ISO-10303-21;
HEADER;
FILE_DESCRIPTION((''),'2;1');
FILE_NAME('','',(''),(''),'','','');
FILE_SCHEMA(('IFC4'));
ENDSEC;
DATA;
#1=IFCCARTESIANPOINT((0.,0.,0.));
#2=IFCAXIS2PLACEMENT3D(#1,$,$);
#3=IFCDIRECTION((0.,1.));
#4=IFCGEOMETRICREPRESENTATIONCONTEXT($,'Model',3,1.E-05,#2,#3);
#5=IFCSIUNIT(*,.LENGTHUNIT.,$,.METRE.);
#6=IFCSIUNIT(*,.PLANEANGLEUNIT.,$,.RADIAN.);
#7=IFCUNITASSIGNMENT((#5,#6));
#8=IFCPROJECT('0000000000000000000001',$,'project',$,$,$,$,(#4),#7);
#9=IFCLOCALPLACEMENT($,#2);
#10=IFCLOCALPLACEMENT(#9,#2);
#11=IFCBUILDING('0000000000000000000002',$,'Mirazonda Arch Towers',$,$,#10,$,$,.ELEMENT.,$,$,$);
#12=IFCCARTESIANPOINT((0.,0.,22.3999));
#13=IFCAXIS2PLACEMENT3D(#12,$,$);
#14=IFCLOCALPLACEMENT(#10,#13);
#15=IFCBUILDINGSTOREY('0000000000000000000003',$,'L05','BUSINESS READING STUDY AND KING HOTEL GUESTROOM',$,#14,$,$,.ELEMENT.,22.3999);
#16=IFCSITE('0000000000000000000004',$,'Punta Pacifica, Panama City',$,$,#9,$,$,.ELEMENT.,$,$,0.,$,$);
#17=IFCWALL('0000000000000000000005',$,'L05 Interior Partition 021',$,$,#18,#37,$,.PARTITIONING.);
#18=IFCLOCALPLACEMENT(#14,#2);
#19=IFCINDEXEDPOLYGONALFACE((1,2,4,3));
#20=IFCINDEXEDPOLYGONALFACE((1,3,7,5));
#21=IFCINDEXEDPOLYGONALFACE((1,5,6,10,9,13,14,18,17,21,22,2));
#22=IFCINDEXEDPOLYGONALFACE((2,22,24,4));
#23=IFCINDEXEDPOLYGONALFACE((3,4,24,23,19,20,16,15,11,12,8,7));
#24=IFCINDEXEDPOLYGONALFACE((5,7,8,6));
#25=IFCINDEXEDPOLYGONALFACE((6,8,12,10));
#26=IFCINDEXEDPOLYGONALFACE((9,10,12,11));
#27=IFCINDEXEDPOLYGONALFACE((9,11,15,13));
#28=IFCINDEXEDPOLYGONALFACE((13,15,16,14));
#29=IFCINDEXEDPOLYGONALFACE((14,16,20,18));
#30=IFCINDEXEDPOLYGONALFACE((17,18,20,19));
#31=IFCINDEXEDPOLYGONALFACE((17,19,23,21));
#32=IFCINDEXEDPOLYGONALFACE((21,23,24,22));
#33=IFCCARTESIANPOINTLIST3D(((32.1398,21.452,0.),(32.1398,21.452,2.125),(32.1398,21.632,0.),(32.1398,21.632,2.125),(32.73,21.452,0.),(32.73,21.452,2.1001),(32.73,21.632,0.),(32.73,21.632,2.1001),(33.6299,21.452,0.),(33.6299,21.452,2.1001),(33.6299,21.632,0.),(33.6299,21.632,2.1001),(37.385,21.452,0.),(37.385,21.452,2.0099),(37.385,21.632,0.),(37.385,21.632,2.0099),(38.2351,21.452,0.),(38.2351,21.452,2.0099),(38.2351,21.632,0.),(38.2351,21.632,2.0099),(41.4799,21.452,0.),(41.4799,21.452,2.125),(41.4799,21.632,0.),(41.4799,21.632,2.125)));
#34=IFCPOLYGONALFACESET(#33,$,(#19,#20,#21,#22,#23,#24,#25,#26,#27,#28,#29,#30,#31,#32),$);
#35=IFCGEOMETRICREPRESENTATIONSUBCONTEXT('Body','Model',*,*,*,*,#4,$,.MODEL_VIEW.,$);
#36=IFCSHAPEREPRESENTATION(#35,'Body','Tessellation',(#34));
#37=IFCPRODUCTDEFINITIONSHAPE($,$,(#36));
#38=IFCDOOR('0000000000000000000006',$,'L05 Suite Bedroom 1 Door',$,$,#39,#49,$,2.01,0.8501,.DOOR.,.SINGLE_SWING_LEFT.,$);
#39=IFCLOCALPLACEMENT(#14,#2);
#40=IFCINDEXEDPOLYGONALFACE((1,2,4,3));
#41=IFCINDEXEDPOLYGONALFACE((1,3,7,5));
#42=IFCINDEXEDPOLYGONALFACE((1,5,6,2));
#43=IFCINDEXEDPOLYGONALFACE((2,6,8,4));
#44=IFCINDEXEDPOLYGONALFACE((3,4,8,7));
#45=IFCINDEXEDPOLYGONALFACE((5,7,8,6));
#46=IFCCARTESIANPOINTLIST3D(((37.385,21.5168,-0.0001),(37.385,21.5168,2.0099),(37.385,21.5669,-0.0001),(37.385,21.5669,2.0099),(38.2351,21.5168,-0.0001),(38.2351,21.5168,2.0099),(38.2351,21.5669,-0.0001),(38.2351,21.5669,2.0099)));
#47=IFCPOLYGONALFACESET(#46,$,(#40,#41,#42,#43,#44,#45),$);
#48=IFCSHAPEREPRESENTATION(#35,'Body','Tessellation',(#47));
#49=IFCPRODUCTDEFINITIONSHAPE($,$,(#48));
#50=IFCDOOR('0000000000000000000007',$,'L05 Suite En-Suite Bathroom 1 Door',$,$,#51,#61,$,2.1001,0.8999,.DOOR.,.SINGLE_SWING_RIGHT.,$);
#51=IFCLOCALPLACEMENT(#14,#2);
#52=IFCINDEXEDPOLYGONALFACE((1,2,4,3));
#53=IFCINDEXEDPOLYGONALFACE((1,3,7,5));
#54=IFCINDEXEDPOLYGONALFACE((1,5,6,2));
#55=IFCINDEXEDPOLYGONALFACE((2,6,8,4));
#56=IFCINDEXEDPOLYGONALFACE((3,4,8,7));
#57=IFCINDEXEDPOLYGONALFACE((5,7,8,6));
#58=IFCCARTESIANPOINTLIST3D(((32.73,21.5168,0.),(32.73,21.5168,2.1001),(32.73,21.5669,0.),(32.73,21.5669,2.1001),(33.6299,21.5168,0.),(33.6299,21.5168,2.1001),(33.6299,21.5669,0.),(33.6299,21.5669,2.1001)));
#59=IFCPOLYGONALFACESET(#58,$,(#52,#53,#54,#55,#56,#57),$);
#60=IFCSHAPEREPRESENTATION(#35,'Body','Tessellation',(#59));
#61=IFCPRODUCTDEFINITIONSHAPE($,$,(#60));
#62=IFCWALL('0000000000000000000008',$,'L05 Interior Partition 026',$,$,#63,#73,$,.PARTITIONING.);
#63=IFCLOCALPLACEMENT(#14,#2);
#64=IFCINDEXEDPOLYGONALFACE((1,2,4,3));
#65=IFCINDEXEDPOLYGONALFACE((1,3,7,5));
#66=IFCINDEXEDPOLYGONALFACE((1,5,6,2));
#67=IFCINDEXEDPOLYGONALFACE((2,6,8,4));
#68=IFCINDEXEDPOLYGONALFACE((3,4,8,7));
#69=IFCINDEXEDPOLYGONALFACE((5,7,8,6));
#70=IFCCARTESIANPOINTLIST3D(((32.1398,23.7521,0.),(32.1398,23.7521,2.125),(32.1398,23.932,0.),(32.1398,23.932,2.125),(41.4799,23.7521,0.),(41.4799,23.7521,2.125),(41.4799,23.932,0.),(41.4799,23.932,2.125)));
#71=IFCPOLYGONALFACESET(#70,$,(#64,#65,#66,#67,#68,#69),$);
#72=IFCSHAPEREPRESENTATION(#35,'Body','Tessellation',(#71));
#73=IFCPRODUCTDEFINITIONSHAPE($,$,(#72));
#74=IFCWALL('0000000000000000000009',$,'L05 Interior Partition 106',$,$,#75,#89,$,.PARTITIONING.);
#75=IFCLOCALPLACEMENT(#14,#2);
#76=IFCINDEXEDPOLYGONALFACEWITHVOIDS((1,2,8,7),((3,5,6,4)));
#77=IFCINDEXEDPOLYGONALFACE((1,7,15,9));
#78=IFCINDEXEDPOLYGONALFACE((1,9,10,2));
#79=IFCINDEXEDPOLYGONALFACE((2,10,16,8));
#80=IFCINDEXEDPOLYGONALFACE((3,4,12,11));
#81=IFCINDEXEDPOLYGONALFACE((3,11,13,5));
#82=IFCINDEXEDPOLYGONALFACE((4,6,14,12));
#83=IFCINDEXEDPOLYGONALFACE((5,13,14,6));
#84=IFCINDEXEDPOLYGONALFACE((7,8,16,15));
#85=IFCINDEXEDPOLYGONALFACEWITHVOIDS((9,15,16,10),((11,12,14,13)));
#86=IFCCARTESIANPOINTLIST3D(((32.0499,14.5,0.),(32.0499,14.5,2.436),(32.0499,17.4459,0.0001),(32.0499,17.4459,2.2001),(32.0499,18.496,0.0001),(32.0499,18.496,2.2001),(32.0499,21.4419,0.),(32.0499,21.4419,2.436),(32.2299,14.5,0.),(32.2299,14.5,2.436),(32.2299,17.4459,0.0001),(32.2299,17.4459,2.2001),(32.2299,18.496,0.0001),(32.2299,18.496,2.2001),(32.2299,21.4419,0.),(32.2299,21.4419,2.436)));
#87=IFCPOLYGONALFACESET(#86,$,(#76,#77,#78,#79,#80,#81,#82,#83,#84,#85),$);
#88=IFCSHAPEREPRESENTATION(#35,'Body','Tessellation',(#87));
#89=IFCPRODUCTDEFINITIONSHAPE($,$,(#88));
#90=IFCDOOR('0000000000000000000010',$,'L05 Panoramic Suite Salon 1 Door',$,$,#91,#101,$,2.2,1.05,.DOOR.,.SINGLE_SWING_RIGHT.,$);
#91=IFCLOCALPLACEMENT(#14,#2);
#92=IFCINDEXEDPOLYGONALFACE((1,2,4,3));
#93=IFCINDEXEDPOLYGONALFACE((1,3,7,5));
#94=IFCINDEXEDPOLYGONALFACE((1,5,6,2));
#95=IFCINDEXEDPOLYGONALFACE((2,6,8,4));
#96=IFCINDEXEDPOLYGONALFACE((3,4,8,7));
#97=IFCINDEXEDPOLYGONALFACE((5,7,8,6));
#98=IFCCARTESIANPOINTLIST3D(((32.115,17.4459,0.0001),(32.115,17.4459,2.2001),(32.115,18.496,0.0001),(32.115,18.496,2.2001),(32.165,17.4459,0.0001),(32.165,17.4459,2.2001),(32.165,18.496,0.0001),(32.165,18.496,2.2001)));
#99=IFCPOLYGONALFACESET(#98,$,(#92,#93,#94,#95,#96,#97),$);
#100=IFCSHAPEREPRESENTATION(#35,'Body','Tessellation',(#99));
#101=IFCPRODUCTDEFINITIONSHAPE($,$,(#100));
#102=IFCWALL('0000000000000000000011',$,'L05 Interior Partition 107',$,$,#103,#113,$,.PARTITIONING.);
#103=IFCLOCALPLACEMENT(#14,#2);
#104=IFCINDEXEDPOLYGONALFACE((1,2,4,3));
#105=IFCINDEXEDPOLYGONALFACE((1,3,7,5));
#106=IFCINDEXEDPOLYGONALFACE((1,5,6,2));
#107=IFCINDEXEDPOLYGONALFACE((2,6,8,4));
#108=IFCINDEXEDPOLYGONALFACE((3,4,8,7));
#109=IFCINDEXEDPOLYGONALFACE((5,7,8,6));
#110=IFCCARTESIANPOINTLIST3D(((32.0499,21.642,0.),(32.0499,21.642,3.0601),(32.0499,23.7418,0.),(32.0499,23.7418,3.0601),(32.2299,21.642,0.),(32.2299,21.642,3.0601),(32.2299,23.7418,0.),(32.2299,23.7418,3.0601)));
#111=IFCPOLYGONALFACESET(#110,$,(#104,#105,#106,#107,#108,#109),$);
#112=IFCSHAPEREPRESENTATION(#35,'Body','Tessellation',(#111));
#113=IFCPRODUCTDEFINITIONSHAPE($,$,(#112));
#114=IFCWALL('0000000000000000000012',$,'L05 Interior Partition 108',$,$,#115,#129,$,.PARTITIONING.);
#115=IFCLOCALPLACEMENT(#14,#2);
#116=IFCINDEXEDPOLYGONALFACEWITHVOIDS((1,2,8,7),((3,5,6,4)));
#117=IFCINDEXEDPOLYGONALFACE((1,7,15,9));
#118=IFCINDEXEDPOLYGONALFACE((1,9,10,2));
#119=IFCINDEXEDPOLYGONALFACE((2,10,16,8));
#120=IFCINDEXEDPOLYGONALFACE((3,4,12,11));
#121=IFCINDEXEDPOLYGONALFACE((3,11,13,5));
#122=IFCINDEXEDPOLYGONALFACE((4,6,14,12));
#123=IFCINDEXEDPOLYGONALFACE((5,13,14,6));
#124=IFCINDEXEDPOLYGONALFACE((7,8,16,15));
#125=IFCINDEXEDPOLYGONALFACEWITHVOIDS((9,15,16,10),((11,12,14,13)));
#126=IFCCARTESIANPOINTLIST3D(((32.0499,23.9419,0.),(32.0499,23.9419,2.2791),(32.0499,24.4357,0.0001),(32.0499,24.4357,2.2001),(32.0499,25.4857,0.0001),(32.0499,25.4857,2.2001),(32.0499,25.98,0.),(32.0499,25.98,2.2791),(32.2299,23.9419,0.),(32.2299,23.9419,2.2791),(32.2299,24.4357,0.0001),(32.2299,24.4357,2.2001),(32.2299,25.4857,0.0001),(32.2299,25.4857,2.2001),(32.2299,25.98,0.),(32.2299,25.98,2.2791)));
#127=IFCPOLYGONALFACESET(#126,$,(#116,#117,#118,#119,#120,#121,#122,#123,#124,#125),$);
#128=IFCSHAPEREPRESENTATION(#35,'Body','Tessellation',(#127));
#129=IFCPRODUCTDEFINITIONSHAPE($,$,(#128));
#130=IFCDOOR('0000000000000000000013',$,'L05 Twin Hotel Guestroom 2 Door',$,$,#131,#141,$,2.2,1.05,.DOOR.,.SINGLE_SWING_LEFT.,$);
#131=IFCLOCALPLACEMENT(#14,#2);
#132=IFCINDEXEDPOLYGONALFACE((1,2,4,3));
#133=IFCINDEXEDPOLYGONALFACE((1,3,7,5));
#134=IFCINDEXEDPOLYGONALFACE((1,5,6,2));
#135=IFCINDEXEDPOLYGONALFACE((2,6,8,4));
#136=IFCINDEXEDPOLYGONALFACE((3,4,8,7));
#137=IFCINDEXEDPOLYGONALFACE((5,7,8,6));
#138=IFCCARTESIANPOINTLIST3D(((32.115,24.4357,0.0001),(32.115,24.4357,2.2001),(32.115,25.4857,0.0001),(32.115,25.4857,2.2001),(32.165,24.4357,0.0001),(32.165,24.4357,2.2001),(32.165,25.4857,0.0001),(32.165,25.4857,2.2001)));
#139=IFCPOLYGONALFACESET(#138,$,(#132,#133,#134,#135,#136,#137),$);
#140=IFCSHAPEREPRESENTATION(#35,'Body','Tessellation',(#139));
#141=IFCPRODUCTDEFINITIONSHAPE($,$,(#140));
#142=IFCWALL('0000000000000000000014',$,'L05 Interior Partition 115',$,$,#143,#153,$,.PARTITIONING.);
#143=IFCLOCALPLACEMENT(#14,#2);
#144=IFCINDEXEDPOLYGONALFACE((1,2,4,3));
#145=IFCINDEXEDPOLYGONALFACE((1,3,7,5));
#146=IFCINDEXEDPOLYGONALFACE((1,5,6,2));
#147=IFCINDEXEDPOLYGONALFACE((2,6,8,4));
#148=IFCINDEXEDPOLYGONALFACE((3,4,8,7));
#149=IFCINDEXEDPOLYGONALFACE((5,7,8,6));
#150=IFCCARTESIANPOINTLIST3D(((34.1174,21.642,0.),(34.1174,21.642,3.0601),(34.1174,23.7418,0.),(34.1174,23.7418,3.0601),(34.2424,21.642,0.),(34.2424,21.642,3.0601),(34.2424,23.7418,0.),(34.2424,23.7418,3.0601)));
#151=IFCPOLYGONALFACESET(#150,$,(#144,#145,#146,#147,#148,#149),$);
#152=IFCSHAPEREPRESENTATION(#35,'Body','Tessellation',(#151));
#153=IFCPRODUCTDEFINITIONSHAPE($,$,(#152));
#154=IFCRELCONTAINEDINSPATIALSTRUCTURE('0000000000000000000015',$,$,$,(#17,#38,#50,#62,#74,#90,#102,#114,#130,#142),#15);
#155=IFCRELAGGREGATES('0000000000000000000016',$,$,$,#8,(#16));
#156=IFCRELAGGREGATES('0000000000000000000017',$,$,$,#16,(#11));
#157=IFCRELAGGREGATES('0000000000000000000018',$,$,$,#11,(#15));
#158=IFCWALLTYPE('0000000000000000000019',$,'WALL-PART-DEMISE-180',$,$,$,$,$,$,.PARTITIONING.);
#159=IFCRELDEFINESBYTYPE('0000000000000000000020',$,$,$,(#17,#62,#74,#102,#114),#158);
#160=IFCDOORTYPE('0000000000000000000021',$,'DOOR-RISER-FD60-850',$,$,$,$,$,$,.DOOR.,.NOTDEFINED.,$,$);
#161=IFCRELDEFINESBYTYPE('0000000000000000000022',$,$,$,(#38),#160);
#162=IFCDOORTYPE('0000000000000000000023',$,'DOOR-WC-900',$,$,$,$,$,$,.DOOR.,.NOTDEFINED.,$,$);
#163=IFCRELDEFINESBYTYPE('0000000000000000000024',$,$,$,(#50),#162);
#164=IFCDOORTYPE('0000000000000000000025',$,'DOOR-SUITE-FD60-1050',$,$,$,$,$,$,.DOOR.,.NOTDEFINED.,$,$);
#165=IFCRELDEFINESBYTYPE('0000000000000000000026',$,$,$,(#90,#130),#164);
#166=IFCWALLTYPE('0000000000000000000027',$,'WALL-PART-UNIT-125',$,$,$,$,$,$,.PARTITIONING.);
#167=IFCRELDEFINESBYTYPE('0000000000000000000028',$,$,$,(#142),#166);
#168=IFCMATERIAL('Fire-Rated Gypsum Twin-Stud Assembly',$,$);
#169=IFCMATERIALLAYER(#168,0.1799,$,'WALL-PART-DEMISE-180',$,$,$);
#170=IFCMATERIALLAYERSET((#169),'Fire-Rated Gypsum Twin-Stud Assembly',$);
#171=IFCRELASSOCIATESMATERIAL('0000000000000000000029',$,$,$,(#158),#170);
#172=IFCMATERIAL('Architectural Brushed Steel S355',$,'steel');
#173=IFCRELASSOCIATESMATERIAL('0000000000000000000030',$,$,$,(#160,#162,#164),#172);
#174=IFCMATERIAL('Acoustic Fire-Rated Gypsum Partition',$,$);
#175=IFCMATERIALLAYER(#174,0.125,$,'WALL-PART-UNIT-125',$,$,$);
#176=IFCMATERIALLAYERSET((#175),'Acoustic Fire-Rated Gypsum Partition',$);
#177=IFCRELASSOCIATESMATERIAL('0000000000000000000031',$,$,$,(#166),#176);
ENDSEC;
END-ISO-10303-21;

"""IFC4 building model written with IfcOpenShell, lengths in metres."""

from ifc_helpers import new_model, si_unit, direction, frame, frame_2d, origin, place, context, subcontext, project, spatial, rectangle, extrude, material, layer, layer_set, type_object, element, fill, save


model = new_model("IFC4")

# Units and contexts
model_context = context("Model", 3, precision=1e-05, world=origin(), true_north=direction((0.0, 1.0)))
body_context = subcontext(model_context, "Body", "Model", "MODEL_VIEW")
ifc_project = project(units=[si_unit("LENGTHUNIT", "METRE"), si_unit("PLANEANGLEUNIT", "RADIAN")], contexts=[model_context])

# Site, building, storey
site_placement = place(None, origin())
site = spatial("IfcSite", under=ifc_project, at=site_placement, Name="Punta Pacifica, Panama City", CompositionType="ELEMENT", RefElevation=0.0)
building_placement = place(site_placement, origin())
building = spatial("IfcBuilding", under=site, at=building_placement, Name="Mirazonda Arch Towers", CompositionType="ELEMENT")
storey_placement = place(building_placement, frame((0.0, 0.0, 22.3999)))
storey = spatial("IfcBuildingStorey", under=building, at=storey_placement, Name="L05", Description="BUSINESS READING STUDY AND KING HOTEL GUESTROOM", CompositionType="ELEMENT", Elevation=22.3999)

# Wall, openings, doors
ifc_material_1 = material(Name="Fire-Rated Gypsum Twin-Stud Assembly")
ifc_layer_1 = layer(ifc_material_1, 0.1799, Name="WALL-PART-DEMISE-180")
ifc_layer_set_1 = layer_set([ifc_layer_1], Name="Fire-Rated Gypsum Twin-Stud Assembly")
wall_type_1 = type_object("IfcWallType", Name="WALL-PART-DEMISE-180", PredefinedType="PARTITIONING", material=ifc_layer_set_1)
wall_1_placement = place(storey_placement, frame((32.1399, 21.542, 0.0), z_axis=(0.0, 0.0, 1.0), x_axis=(1.0, 0.0, 0.0)))
wall_1 = element("IfcWall", 1, at=wall_1_placement, inside=storey, type_object=wall_type_1, Name="L05 Interior Partition 021", PredefinedType="PARTITIONING", context=body_context, shape_type="SweptSolid", body=[
    extrude(rectangle(XDim=9.3401, YDim=0.1799, at=frame_2d((4.6699, 0.0))), origin(), (0.0, 0.0, 1.0), 2.125),
])
opening_1_placement = place(wall_1_placement, frame((5.2451, 0.0, 0.0)))
opening_1 = element("IfcOpeningElement", 2, at=opening_1_placement, cuts=wall_1, PredefinedType="OPENING", context=body_context, shape_type="SweptSolid", body=[
    extrude(rectangle(XDim=0.8501, YDim=2.01, at=frame_2d((0.425, 1.0049))), frame((0.0, 0.0999, 0.0), z_axis=(0.0, -1.0, 0.0), x_axis=(1.0, 0.0, 0.0)), (0.0, 0.0, 1.0), 0.2),
])
opening_2_placement = place(wall_1_placement, frame((0.5901, 0.0, 0.0)))
opening_2 = element("IfcOpeningElement", 3, at=opening_2_placement, cuts=wall_1, PredefinedType="OPENING", context=body_context, shape_type="SweptSolid", body=[
    extrude(rectangle(XDim=0.8999, YDim=2.1001, at=frame_2d((0.45, 1.05))), frame((0.0, 0.0999, 0.0), z_axis=(0.0, -1.0, 0.0), x_axis=(1.0, 0.0, 0.0)), (0.0, 0.0, 1.0), 0.2),
])
ifc_material_2 = material(Name="Architectural Brushed Steel S355", Category="steel")
door_type_1 = type_object("IfcDoorType", Name="DOOR-RISER-FD60-850", OperationType="NOTDEFINED", PredefinedType="DOOR", material=ifc_material_2)
door_1_placement = place(opening_1_placement, origin())
door_1 = element("IfcDoor", 4, at=door_1_placement, inside=storey, type_object=door_type_1, Name="L05 Suite Bedroom 1 Door", OperationType="SINGLE_SWING_LEFT", OverallHeight=2.01, OverallWidth=0.8501, PredefinedType="DOOR", context=body_context, shape_type="SweptSolid", body=[
    extrude(rectangle(XDim=0.8501, YDim=2.01, at=frame_2d((0.425, 1.0049))), frame((0.0, 0.0249, 0.0), z_axis=(0.0, -1.0, 0.0), x_axis=(1.0, 0.0, 0.0)), (0.0, 0.0, 1.0), 0.05),
])
fill(opening_1, door_1)
door_type_2 = type_object("IfcDoorType", Name="DOOR-WC-900", OperationType="NOTDEFINED", PredefinedType="DOOR", material=ifc_material_2)
door_2_placement = place(opening_2_placement, origin())
door_2 = element("IfcDoor", 5, at=door_2_placement, inside=storey, type_object=door_type_2, Name="L05 Suite En-Suite Bathroom 1 Door", OperationType="SINGLE_SWING_RIGHT", OverallHeight=2.1001, OverallWidth=0.8999, PredefinedType="DOOR", context=body_context, shape_type="SweptSolid", body=[
    extrude(rectangle(XDim=0.8999, YDim=2.1001, at=frame_2d((0.45, 1.05))), frame((0.0, 0.0249, 0.0), z_axis=(0.0, -1.0, 0.0), x_axis=(1.0, 0.0, 0.0)), (0.0, 0.0, 1.0), 0.05),
])
fill(opening_2, door_2)

# Wall
wall_2_placement = place(storey_placement, frame((32.1399, 23.842, 0.0), z_axis=(0.0, 0.0, 1.0), x_axis=(1.0, 0.0, 0.0)))
element("IfcWall", 6, at=wall_2_placement, inside=storey, type_object=wall_type_1, Name="L05 Interior Partition 026", PredefinedType="PARTITIONING", context=body_context, shape_type="SweptSolid", body=[
    extrude(rectangle(XDim=9.3401, YDim=0.1799, at=frame_2d((4.6699, 0.0))), origin(), (0.0, 0.0, 1.0), 2.125),
])

# Wall, opening, door
wall_3_placement = place(storey_placement, frame((32.1399, 14.5, 0.0), z_axis=(0.0, 0.0, 1.0), x_axis=(0.0, 1.0, 0.0)))
wall_3 = element("IfcWall", 7, at=wall_3_placement, inside=storey, type_object=wall_type_1, Name="L05 Interior Partition 106", PredefinedType="PARTITIONING", context=body_context, shape_type="SweptSolid", body=[
    extrude(rectangle(XDim=6.9419, YDim=0.1799, at=frame_2d((3.4709, 0.0))), origin(), (0.0, 0.0, 1.0), 2.436),
])
opening_3_placement = place(wall_3_placement, frame((2.946, 0.0, 0.0)))
opening_3 = element("IfcOpeningElement", 8, at=opening_3_placement, cuts=wall_3, PredefinedType="OPENING", context=body_context, shape_type="SweptSolid", body=[
    extrude(rectangle(XDim=1.05, YDim=2.2, at=frame_2d((0.5249, 1.1001))), frame((0.0, 0.0999, 0.0), z_axis=(0.0, -1.0, 0.0), x_axis=(1.0, 0.0, 0.0)), (0.0, 0.0, 1.0), 0.2),
])
door_type_3 = type_object("IfcDoorType", Name="DOOR-SUITE-FD60-1050", OperationType="NOTDEFINED", PredefinedType="DOOR", material=ifc_material_2)
door_3_placement = place(opening_3_placement, origin())
door_3 = element("IfcDoor", 9, at=door_3_placement, inside=storey, type_object=door_type_3, Name="L05 Panoramic Suite Salon 1 Door", OperationType="SINGLE_SWING_RIGHT", OverallHeight=2.2, OverallWidth=1.05, PredefinedType="DOOR", context=body_context, shape_type="SweptSolid", body=[
    extrude(rectangle(XDim=1.05, YDim=2.2, at=frame_2d((0.5249, 1.1001))), frame((0.0, 0.0249, 0.0), z_axis=(0.0, -1.0, 0.0), x_axis=(1.0, 0.0, 0.0)), (0.0, 0.0, 1.0), 0.05),
])
fill(opening_3, door_3)

# Wall
wall_4_placement = place(storey_placement, frame((32.1399, 21.6421, 0.0), z_axis=(0.0, 0.0, 1.0), x_axis=(0.0, 1.0, 0.0)))
element("IfcWall", 10, at=wall_4_placement, inside=storey, type_object=wall_type_1, Name="L05 Interior Partition 107", PredefinedType="PARTITIONING", context=body_context, shape_type="SweptSolid", body=[
    extrude(rectangle(XDim=2.0999, YDim=0.1799, at=frame_2d((1.0498, 0.0))), origin(), (0.0, 0.0, 1.0), 3.0601),
])

# Wall, opening, door
wall_5_placement = place(storey_placement, frame((32.1399, 23.9419, 0.0), z_axis=(0.0, 0.0, 1.0), x_axis=(0.0, 1.0, 0.0)))
wall_5 = element("IfcWall", 11, at=wall_5_placement, inside=storey, type_object=wall_type_1, Name="L05 Interior Partition 108", PredefinedType="PARTITIONING", context=body_context, shape_type="SweptSolid", body=[
    extrude(rectangle(XDim=2.0381, YDim=0.1799, at=frame_2d((1.019, 0.0))), origin(), (0.0, 0.0, 1.0), 2.2791),
])
opening_4_placement = place(wall_5_placement, frame((0.4939, 0.0, 0.0)))
opening_4 = element("IfcOpeningElement", 12, at=opening_4_placement, cuts=wall_5, PredefinedType="OPENING", context=body_context, shape_type="SweptSolid", body=[
    extrude(rectangle(XDim=1.05, YDim=2.2, at=frame_2d((0.5249, 1.1001))), frame((0.0, 0.0999, 0.0), z_axis=(0.0, -1.0, 0.0), x_axis=(1.0, 0.0, 0.0)), (0.0, 0.0, 1.0), 0.2),
])
door_4_placement = place(opening_4_placement, origin())
door_4 = element("IfcDoor", 13, at=door_4_placement, inside=storey, type_object=door_type_3, Name="L05 Twin Hotel Guestroom 2 Door", OperationType="SINGLE_SWING_LEFT", OverallHeight=2.2, OverallWidth=1.05, PredefinedType="DOOR", context=body_context, shape_type="SweptSolid", body=[
    extrude(rectangle(XDim=1.05, YDim=2.2, at=frame_2d((0.5249, 1.1001))), frame((0.0, 0.0249, 0.0), z_axis=(0.0, -1.0, 0.0), x_axis=(1.0, 0.0, 0.0)), (0.0, 0.0, 1.0), 0.05),
])
fill(opening_4, door_4)

# Wall
ifc_material_3 = material(Name="Acoustic Fire-Rated Gypsum Partition")
ifc_layer_2 = layer(ifc_material_3, 0.125, Name="WALL-PART-UNIT-125")
ifc_layer_set_2 = layer_set([ifc_layer_2], Name="Acoustic Fire-Rated Gypsum Partition")
wall_type_2 = type_object("IfcWallType", Name="WALL-PART-UNIT-125", PredefinedType="PARTITIONING", material=ifc_layer_set_2)
wall_6_placement = place(storey_placement, frame((34.1799, 21.6421, 0.0), z_axis=(0.0, 0.0, 1.0), x_axis=(0.0, 1.0, 0.0)))
element("IfcWall", 14, at=wall_6_placement, inside=storey, type_object=wall_type_2, Name="L05 Interior Partition 115", PredefinedType="PARTITIONING", context=body_context, shape_type="SweptSolid", body=[
    extrude(rectangle(XDim=2.0999, YDim=0.125, at=frame_2d((1.0498, 0.0))), origin(), (0.0, 0.0, 1.0), 3.0601),
])

save(model, "model.ifc")
